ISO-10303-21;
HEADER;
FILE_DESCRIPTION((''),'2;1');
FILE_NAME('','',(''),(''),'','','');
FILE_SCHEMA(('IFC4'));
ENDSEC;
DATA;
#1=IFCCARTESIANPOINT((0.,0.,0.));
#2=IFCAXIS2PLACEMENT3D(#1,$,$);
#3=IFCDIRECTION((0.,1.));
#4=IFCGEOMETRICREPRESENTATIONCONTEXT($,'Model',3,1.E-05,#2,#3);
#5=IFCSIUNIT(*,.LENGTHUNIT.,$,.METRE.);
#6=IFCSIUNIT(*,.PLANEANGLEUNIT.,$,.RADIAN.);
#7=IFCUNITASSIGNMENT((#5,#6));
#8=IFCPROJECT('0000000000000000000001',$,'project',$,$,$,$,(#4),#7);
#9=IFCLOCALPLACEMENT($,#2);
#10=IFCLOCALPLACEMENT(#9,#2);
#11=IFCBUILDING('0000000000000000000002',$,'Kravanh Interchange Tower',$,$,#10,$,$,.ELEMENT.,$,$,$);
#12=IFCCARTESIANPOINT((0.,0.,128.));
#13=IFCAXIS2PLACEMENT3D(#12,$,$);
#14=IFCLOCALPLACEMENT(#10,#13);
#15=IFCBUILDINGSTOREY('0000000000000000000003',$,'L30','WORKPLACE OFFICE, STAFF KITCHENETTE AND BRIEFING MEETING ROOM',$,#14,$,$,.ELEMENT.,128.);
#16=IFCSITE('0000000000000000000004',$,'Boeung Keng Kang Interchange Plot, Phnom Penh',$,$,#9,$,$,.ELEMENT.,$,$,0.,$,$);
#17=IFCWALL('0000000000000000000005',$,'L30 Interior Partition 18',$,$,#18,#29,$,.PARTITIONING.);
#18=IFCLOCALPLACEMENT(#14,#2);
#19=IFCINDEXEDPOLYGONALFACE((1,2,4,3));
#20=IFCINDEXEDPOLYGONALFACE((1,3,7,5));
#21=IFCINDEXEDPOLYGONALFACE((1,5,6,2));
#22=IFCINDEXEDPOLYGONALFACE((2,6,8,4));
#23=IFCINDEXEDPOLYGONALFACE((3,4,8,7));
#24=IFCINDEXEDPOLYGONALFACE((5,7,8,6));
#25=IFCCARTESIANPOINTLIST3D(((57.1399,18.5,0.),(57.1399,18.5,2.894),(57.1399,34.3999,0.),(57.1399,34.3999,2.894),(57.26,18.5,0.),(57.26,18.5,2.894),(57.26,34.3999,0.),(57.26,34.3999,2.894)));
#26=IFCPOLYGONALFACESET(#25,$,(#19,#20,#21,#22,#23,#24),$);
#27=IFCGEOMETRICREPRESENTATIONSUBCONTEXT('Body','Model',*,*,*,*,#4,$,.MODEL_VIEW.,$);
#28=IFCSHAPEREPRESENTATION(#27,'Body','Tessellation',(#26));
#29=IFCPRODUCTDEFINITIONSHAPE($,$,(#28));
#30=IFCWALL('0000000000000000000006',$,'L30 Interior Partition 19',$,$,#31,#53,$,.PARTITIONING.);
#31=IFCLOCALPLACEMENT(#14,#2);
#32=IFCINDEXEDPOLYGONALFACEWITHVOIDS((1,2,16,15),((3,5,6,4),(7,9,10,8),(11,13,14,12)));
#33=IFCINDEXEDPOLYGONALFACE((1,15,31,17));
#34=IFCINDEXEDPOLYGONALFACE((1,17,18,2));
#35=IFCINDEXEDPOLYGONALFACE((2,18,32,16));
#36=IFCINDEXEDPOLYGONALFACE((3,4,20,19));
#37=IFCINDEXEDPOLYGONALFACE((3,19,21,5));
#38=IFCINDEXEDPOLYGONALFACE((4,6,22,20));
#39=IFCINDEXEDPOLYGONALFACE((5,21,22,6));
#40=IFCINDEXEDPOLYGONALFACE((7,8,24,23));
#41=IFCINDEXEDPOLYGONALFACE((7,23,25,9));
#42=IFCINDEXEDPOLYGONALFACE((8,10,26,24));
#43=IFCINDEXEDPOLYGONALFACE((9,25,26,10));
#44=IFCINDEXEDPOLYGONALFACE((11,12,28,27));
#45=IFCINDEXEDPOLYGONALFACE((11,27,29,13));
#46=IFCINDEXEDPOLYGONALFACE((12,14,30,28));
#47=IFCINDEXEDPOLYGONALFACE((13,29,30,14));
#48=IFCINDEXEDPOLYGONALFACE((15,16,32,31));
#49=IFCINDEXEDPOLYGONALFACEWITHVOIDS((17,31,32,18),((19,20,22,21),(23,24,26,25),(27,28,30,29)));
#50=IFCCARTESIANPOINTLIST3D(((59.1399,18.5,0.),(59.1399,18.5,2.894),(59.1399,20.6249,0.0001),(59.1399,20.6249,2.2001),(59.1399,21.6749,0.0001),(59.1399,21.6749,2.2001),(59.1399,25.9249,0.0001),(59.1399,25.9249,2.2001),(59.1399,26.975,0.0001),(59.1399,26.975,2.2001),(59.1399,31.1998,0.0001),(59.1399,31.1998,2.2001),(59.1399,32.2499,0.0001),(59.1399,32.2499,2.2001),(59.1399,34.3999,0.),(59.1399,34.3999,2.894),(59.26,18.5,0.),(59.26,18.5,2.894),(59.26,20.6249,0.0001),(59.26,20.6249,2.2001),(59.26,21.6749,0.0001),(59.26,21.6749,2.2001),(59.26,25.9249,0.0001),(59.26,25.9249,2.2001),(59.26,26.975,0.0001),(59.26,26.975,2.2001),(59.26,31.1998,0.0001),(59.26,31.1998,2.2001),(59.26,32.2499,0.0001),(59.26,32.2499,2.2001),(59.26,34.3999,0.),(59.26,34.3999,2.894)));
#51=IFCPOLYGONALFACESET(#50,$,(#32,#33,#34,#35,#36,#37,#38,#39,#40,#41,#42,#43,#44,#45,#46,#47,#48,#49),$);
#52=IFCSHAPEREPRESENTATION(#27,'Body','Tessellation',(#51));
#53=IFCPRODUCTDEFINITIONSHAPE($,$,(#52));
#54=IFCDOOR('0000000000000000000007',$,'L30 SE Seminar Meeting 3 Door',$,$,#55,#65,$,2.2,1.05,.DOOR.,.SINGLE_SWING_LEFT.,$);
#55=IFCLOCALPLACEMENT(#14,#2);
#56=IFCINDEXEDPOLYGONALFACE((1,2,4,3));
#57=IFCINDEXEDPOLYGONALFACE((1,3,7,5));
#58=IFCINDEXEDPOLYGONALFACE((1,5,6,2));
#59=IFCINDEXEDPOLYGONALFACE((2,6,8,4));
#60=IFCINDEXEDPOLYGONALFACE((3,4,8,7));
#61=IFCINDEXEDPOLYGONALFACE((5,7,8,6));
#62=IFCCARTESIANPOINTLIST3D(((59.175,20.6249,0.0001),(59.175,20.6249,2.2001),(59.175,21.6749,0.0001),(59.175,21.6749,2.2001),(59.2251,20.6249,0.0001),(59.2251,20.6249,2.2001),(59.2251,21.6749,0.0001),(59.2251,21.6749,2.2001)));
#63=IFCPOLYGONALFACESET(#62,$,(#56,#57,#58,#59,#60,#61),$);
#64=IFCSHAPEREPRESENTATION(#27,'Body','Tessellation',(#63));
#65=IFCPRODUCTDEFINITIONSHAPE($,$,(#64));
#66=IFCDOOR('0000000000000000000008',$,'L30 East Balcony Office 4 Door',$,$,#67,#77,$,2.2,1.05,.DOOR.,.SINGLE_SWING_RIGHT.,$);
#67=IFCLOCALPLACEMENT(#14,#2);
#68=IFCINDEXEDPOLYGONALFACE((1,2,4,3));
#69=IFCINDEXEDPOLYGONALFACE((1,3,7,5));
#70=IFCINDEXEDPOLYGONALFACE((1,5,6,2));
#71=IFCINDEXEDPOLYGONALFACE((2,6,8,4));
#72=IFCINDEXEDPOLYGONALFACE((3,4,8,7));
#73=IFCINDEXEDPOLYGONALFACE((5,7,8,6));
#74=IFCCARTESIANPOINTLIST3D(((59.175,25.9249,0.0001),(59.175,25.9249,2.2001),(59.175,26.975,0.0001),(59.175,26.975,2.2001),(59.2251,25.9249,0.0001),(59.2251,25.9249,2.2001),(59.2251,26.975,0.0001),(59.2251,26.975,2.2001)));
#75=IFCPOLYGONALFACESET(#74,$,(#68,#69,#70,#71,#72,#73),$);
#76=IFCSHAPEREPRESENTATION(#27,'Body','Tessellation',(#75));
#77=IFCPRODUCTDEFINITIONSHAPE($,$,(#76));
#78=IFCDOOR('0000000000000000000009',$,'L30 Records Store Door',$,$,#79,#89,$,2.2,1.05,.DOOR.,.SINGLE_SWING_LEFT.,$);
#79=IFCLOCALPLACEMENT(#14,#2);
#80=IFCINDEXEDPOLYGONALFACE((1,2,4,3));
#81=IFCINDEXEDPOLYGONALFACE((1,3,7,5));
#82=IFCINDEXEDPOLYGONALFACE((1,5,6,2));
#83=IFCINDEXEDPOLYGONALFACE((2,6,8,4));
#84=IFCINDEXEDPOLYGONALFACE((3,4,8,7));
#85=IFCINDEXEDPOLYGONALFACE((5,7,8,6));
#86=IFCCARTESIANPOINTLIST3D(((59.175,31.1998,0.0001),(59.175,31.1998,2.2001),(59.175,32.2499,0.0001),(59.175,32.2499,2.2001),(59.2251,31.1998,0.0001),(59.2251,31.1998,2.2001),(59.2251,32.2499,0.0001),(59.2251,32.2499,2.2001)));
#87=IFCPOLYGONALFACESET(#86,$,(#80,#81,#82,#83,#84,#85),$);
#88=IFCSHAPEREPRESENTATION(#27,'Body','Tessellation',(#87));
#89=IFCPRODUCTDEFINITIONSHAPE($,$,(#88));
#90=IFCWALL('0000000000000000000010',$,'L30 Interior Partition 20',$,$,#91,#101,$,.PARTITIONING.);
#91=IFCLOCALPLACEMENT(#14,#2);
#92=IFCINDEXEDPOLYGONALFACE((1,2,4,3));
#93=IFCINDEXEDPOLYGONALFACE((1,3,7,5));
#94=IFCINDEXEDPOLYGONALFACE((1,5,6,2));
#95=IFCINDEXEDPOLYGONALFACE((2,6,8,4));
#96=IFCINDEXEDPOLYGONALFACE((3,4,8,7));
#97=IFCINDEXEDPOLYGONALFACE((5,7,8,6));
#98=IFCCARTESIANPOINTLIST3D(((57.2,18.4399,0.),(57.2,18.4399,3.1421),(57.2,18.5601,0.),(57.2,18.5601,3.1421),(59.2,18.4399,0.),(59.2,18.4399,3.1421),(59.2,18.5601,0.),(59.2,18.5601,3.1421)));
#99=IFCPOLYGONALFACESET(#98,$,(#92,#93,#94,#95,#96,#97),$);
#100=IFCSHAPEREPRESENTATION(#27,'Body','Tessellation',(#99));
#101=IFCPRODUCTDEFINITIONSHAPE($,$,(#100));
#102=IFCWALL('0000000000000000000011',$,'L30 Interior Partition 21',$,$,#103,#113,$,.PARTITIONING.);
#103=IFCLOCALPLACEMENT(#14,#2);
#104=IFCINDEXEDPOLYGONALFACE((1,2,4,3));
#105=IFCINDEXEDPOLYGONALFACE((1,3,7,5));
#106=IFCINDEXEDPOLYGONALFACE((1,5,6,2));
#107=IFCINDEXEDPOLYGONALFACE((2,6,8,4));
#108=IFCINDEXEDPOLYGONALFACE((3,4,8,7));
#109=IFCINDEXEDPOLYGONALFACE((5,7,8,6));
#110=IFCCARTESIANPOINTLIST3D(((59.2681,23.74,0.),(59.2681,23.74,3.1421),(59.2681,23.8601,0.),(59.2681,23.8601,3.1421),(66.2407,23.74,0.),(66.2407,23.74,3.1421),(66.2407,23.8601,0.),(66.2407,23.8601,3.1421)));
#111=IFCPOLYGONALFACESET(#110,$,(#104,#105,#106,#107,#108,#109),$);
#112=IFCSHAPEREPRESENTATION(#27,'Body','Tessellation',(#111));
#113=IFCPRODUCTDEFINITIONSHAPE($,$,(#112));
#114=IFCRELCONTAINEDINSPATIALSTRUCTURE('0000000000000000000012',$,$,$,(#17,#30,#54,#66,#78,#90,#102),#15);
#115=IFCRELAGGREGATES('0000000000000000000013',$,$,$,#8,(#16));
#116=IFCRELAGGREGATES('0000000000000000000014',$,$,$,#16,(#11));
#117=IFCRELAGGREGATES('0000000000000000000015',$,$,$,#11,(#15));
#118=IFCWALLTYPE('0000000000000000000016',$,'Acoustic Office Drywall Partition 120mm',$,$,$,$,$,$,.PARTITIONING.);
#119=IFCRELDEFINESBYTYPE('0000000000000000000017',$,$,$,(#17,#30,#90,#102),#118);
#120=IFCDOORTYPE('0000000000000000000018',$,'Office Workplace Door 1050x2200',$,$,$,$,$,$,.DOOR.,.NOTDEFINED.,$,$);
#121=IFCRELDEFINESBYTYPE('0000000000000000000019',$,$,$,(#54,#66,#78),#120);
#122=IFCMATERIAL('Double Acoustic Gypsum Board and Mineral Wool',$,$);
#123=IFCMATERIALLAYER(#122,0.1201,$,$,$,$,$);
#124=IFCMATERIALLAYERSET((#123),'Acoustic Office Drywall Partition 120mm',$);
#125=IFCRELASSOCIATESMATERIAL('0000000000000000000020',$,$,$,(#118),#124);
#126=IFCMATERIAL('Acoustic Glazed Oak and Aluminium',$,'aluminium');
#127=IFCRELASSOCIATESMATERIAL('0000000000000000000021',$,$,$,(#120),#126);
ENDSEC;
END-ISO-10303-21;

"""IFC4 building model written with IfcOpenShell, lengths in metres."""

from ifc_helpers import new_model, si_unit, direction, frame, frame_2d, origin, place, context, subcontext, project, spatial, rectangle, extrude, material, layer, layer_set, type_object, element, fill, save


model = new_model("IFC4")

# Units and contexts
model_context = context("Model", 3, precision=1e-05, world=origin(), true_north=direction((0.0, 1.0)))
body_context = subcontext(model_context, "Body", "Model", "MODEL_VIEW")
ifc_project = project(units=[si_unit("LENGTHUNIT", "METRE"), si_unit("PLANEANGLEUNIT", "RADIAN")], contexts=[model_context])

# Site, building, storey
site_placement = place(None, origin())
site = spatial("IfcSite", under=ifc_project, at=site_placement, Name="Boeung Keng Kang Interchange Plot, Phnom Penh", CompositionType="ELEMENT", RefElevation=0.0)
building_placement = place(site_placement, origin())
building = spatial("IfcBuilding", under=site, at=building_placement, Name="Kravanh Interchange Tower", CompositionType="ELEMENT")
storey_placement = place(building_placement, frame((0.0, 0.0, 128.0)))
storey = spatial("IfcBuildingStorey", under=building, at=storey_placement, Name="L30", Description="WORKPLACE OFFICE, STAFF KITCHENETTE AND BRIEFING MEETING ROOM", CompositionType="ELEMENT", Elevation=128.0)

# Wall
ifc_material_1 = material(Name="Double Acoustic Gypsum Board and Mineral Wool")
ifc_layer_1 = layer(ifc_material_1, 0.1201)
ifc_layer_set_1 = layer_set([ifc_layer_1], Name="Acoustic Office Drywall Partition 120mm")
wall_type = type_object("IfcWallType", Name="Acoustic Office Drywall Partition 120mm", PredefinedType="PARTITIONING", material=ifc_layer_set_1)
wall_1_placement = place(storey_placement, frame((57.2, 18.5, 0.0), z_axis=(0.0, 0.0, 1.0), x_axis=(0.0, 1.0, 0.0)))
element("IfcWall", 1, at=wall_1_placement, inside=storey, type_object=wall_type, Name="L30 Interior Partition 18", PredefinedType="PARTITIONING", context=body_context, shape_type="SweptSolid", body=[
    extrude(rectangle(XDim=15.8999, YDim=0.1201, at=frame_2d((7.95, 0.0))), origin(), (0.0, 0.0, 1.0), 2.894),
])

# Wall, openings, doors
wall_2_placement = place(storey_placement, frame((59.2, 18.5, 0.0), z_axis=(0.0, 0.0, 1.0), x_axis=(0.0, 1.0, 0.0)))
wall_2 = element("IfcWall", 2, at=wall_2_placement, inside=storey, type_object=wall_type, Name="L30 Interior Partition 19", PredefinedType="PARTITIONING", context=body_context, shape_type="SweptSolid", body=[
    extrude(rectangle(XDim=15.8999, YDim=0.1201, at=frame_2d((7.95, 0.0))), origin(), (0.0, 0.0, 1.0), 2.894),
])
opening_1_placement = place(wall_2_placement, frame((2.125, 0.0, 0.0)))
opening_1 = element("IfcOpeningElement", 3, at=opening_1_placement, cuts=wall_2, PredefinedType="OPENING", context=body_context, shape_type="SweptSolid", body=[
    extrude(rectangle(XDim=1.05, YDim=2.2, at=frame_2d((0.5249, 1.1001))), frame((0.0, 0.0701, 0.0), z_axis=(0.0, -1.0, 0.0), x_axis=(1.0, 0.0, 0.0)), (0.0, 0.0, 1.0), 0.1401),
])
opening_2_placement = place(wall_2_placement, frame((7.425, 0.0, 0.0)))
opening_2 = element("IfcOpeningElement", 4, at=opening_2_placement, cuts=wall_2, PredefinedType="OPENING", context=body_context, shape_type="SweptSolid", body=[
    extrude(rectangle(XDim=1.05, YDim=2.2, at=frame_2d((0.5249, 1.1001))), frame((0.0, 0.0701, 0.0), z_axis=(0.0, -1.0, 0.0), x_axis=(1.0, 0.0, 0.0)), (0.0, 0.0, 1.0), 0.1401),
])
opening_3_placement = place(wall_2_placement, frame((12.7, 0.0, 0.0)))
opening_3 = element("IfcOpeningElement", 5, at=opening_3_placement, cuts=wall_2, PredefinedType="OPENING", context=body_context, shape_type="SweptSolid", body=[
    extrude(rectangle(XDim=1.05, YDim=2.2, at=frame_2d((0.5249, 1.1001))), frame((0.0, 0.0701, 0.0), z_axis=(0.0, -1.0, 0.0), x_axis=(1.0, 0.0, 0.0)), (0.0, 0.0, 1.0), 0.1401),
])
ifc_material_2 = material(Name="Acoustic Glazed Oak and Aluminium", Category="aluminium")
door_type = type_object("IfcDoorType", Name="Office Workplace Door 1050x2200", OperationType="NOTDEFINED", PredefinedType="DOOR", material=ifc_material_2)
door_1_placement = place(opening_1_placement, origin())
door_1 = element("IfcDoor", 6, at=door_1_placement, inside=storey, type_object=door_type, Name="L30 SE Seminar Meeting 3 Door", OperationType="SINGLE_SWING_LEFT", OverallHeight=2.2, OverallWidth=1.05, PredefinedType="DOOR", context=body_context, shape_type="SweptSolid", body=[
    extrude(rectangle(XDim=1.05, YDim=2.2, at=frame_2d((0.5249, 1.1001))), frame((0.0, 0.0249, 0.0), z_axis=(0.0, -1.0, 0.0), x_axis=(1.0, 0.0, 0.0)), (0.0, 0.0, 1.0), 0.05),
])
fill(opening_1, door_1)
door_2_placement = place(opening_2_placement, origin())
door_2 = element("IfcDoor", 7, at=door_2_placement, inside=storey, type_object=door_type, Name="L30 East Balcony Office 4 Door", OperationType="SINGLE_SWING_RIGHT", OverallHeight=2.2, OverallWidth=1.05, PredefinedType="DOOR", context=body_context, shape_type="SweptSolid", body=[
    extrude(rectangle(XDim=1.05, YDim=2.2, at=frame_2d((0.5249, 1.1001))), frame((0.0, 0.0249, 0.0), z_axis=(0.0, -1.0, 0.0), x_axis=(1.0, 0.0, 0.0)), (0.0, 0.0, 1.0), 0.05),
])
fill(opening_2, door_2)
door_3_placement = place(opening_3_placement, origin())
door_3 = element("IfcDoor", 8, at=door_3_placement, inside=storey, type_object=door_type, Name="L30 Records Store Door", OperationType="SINGLE_SWING_LEFT", OverallHeight=2.2, OverallWidth=1.05, PredefinedType="DOOR", context=body_context, shape_type="SweptSolid", body=[
    extrude(rectangle(XDim=1.05, YDim=2.2, at=frame_2d((0.5249, 1.1001))), frame((0.0, 0.0249, 0.0), z_axis=(0.0, -1.0, 0.0), x_axis=(1.0, 0.0, 0.0)), (0.0, 0.0, 1.0), 0.05),
])
fill(opening_3, door_3)

# Walls
wall_3_placement = place(storey_placement, frame((57.2, 18.5, 0.0), z_axis=(0.0, 0.0, 1.0), x_axis=(1.0, 0.0, 0.0)))
element("IfcWall", 9, at=wall_3_placement, inside=storey, type_object=wall_type, Name="L30 Interior Partition 20", PredefinedType="PARTITIONING", context=body_context, shape_type="SweptSolid", body=[
    extrude(rectangle(XDim=2.0, YDim=0.1201, at=frame_2d((1.0, 0.0))), origin(), (0.0, 0.0, 1.0), 3.1421),
])
wall_4_placement = place(storey_placement, frame((59.2681, 23.8, 0.0), z_axis=(0.0, 0.0, 1.0), x_axis=(1.0, 0.0, 0.0)))
element("IfcWall", 10, at=wall_4_placement, inside=storey, type_object=wall_type, Name="L30 Interior Partition 21", PredefinedType="PARTITIONING", context=body_context, shape_type="SweptSolid", body=[
    extrude(rectangle(XDim=6.9727, YDim=0.1201, at=frame_2d((3.4863, 0.0))), origin(), (0.0, 0.0, 1.0), 3.1421),
])

save(model, "model.ifc")
